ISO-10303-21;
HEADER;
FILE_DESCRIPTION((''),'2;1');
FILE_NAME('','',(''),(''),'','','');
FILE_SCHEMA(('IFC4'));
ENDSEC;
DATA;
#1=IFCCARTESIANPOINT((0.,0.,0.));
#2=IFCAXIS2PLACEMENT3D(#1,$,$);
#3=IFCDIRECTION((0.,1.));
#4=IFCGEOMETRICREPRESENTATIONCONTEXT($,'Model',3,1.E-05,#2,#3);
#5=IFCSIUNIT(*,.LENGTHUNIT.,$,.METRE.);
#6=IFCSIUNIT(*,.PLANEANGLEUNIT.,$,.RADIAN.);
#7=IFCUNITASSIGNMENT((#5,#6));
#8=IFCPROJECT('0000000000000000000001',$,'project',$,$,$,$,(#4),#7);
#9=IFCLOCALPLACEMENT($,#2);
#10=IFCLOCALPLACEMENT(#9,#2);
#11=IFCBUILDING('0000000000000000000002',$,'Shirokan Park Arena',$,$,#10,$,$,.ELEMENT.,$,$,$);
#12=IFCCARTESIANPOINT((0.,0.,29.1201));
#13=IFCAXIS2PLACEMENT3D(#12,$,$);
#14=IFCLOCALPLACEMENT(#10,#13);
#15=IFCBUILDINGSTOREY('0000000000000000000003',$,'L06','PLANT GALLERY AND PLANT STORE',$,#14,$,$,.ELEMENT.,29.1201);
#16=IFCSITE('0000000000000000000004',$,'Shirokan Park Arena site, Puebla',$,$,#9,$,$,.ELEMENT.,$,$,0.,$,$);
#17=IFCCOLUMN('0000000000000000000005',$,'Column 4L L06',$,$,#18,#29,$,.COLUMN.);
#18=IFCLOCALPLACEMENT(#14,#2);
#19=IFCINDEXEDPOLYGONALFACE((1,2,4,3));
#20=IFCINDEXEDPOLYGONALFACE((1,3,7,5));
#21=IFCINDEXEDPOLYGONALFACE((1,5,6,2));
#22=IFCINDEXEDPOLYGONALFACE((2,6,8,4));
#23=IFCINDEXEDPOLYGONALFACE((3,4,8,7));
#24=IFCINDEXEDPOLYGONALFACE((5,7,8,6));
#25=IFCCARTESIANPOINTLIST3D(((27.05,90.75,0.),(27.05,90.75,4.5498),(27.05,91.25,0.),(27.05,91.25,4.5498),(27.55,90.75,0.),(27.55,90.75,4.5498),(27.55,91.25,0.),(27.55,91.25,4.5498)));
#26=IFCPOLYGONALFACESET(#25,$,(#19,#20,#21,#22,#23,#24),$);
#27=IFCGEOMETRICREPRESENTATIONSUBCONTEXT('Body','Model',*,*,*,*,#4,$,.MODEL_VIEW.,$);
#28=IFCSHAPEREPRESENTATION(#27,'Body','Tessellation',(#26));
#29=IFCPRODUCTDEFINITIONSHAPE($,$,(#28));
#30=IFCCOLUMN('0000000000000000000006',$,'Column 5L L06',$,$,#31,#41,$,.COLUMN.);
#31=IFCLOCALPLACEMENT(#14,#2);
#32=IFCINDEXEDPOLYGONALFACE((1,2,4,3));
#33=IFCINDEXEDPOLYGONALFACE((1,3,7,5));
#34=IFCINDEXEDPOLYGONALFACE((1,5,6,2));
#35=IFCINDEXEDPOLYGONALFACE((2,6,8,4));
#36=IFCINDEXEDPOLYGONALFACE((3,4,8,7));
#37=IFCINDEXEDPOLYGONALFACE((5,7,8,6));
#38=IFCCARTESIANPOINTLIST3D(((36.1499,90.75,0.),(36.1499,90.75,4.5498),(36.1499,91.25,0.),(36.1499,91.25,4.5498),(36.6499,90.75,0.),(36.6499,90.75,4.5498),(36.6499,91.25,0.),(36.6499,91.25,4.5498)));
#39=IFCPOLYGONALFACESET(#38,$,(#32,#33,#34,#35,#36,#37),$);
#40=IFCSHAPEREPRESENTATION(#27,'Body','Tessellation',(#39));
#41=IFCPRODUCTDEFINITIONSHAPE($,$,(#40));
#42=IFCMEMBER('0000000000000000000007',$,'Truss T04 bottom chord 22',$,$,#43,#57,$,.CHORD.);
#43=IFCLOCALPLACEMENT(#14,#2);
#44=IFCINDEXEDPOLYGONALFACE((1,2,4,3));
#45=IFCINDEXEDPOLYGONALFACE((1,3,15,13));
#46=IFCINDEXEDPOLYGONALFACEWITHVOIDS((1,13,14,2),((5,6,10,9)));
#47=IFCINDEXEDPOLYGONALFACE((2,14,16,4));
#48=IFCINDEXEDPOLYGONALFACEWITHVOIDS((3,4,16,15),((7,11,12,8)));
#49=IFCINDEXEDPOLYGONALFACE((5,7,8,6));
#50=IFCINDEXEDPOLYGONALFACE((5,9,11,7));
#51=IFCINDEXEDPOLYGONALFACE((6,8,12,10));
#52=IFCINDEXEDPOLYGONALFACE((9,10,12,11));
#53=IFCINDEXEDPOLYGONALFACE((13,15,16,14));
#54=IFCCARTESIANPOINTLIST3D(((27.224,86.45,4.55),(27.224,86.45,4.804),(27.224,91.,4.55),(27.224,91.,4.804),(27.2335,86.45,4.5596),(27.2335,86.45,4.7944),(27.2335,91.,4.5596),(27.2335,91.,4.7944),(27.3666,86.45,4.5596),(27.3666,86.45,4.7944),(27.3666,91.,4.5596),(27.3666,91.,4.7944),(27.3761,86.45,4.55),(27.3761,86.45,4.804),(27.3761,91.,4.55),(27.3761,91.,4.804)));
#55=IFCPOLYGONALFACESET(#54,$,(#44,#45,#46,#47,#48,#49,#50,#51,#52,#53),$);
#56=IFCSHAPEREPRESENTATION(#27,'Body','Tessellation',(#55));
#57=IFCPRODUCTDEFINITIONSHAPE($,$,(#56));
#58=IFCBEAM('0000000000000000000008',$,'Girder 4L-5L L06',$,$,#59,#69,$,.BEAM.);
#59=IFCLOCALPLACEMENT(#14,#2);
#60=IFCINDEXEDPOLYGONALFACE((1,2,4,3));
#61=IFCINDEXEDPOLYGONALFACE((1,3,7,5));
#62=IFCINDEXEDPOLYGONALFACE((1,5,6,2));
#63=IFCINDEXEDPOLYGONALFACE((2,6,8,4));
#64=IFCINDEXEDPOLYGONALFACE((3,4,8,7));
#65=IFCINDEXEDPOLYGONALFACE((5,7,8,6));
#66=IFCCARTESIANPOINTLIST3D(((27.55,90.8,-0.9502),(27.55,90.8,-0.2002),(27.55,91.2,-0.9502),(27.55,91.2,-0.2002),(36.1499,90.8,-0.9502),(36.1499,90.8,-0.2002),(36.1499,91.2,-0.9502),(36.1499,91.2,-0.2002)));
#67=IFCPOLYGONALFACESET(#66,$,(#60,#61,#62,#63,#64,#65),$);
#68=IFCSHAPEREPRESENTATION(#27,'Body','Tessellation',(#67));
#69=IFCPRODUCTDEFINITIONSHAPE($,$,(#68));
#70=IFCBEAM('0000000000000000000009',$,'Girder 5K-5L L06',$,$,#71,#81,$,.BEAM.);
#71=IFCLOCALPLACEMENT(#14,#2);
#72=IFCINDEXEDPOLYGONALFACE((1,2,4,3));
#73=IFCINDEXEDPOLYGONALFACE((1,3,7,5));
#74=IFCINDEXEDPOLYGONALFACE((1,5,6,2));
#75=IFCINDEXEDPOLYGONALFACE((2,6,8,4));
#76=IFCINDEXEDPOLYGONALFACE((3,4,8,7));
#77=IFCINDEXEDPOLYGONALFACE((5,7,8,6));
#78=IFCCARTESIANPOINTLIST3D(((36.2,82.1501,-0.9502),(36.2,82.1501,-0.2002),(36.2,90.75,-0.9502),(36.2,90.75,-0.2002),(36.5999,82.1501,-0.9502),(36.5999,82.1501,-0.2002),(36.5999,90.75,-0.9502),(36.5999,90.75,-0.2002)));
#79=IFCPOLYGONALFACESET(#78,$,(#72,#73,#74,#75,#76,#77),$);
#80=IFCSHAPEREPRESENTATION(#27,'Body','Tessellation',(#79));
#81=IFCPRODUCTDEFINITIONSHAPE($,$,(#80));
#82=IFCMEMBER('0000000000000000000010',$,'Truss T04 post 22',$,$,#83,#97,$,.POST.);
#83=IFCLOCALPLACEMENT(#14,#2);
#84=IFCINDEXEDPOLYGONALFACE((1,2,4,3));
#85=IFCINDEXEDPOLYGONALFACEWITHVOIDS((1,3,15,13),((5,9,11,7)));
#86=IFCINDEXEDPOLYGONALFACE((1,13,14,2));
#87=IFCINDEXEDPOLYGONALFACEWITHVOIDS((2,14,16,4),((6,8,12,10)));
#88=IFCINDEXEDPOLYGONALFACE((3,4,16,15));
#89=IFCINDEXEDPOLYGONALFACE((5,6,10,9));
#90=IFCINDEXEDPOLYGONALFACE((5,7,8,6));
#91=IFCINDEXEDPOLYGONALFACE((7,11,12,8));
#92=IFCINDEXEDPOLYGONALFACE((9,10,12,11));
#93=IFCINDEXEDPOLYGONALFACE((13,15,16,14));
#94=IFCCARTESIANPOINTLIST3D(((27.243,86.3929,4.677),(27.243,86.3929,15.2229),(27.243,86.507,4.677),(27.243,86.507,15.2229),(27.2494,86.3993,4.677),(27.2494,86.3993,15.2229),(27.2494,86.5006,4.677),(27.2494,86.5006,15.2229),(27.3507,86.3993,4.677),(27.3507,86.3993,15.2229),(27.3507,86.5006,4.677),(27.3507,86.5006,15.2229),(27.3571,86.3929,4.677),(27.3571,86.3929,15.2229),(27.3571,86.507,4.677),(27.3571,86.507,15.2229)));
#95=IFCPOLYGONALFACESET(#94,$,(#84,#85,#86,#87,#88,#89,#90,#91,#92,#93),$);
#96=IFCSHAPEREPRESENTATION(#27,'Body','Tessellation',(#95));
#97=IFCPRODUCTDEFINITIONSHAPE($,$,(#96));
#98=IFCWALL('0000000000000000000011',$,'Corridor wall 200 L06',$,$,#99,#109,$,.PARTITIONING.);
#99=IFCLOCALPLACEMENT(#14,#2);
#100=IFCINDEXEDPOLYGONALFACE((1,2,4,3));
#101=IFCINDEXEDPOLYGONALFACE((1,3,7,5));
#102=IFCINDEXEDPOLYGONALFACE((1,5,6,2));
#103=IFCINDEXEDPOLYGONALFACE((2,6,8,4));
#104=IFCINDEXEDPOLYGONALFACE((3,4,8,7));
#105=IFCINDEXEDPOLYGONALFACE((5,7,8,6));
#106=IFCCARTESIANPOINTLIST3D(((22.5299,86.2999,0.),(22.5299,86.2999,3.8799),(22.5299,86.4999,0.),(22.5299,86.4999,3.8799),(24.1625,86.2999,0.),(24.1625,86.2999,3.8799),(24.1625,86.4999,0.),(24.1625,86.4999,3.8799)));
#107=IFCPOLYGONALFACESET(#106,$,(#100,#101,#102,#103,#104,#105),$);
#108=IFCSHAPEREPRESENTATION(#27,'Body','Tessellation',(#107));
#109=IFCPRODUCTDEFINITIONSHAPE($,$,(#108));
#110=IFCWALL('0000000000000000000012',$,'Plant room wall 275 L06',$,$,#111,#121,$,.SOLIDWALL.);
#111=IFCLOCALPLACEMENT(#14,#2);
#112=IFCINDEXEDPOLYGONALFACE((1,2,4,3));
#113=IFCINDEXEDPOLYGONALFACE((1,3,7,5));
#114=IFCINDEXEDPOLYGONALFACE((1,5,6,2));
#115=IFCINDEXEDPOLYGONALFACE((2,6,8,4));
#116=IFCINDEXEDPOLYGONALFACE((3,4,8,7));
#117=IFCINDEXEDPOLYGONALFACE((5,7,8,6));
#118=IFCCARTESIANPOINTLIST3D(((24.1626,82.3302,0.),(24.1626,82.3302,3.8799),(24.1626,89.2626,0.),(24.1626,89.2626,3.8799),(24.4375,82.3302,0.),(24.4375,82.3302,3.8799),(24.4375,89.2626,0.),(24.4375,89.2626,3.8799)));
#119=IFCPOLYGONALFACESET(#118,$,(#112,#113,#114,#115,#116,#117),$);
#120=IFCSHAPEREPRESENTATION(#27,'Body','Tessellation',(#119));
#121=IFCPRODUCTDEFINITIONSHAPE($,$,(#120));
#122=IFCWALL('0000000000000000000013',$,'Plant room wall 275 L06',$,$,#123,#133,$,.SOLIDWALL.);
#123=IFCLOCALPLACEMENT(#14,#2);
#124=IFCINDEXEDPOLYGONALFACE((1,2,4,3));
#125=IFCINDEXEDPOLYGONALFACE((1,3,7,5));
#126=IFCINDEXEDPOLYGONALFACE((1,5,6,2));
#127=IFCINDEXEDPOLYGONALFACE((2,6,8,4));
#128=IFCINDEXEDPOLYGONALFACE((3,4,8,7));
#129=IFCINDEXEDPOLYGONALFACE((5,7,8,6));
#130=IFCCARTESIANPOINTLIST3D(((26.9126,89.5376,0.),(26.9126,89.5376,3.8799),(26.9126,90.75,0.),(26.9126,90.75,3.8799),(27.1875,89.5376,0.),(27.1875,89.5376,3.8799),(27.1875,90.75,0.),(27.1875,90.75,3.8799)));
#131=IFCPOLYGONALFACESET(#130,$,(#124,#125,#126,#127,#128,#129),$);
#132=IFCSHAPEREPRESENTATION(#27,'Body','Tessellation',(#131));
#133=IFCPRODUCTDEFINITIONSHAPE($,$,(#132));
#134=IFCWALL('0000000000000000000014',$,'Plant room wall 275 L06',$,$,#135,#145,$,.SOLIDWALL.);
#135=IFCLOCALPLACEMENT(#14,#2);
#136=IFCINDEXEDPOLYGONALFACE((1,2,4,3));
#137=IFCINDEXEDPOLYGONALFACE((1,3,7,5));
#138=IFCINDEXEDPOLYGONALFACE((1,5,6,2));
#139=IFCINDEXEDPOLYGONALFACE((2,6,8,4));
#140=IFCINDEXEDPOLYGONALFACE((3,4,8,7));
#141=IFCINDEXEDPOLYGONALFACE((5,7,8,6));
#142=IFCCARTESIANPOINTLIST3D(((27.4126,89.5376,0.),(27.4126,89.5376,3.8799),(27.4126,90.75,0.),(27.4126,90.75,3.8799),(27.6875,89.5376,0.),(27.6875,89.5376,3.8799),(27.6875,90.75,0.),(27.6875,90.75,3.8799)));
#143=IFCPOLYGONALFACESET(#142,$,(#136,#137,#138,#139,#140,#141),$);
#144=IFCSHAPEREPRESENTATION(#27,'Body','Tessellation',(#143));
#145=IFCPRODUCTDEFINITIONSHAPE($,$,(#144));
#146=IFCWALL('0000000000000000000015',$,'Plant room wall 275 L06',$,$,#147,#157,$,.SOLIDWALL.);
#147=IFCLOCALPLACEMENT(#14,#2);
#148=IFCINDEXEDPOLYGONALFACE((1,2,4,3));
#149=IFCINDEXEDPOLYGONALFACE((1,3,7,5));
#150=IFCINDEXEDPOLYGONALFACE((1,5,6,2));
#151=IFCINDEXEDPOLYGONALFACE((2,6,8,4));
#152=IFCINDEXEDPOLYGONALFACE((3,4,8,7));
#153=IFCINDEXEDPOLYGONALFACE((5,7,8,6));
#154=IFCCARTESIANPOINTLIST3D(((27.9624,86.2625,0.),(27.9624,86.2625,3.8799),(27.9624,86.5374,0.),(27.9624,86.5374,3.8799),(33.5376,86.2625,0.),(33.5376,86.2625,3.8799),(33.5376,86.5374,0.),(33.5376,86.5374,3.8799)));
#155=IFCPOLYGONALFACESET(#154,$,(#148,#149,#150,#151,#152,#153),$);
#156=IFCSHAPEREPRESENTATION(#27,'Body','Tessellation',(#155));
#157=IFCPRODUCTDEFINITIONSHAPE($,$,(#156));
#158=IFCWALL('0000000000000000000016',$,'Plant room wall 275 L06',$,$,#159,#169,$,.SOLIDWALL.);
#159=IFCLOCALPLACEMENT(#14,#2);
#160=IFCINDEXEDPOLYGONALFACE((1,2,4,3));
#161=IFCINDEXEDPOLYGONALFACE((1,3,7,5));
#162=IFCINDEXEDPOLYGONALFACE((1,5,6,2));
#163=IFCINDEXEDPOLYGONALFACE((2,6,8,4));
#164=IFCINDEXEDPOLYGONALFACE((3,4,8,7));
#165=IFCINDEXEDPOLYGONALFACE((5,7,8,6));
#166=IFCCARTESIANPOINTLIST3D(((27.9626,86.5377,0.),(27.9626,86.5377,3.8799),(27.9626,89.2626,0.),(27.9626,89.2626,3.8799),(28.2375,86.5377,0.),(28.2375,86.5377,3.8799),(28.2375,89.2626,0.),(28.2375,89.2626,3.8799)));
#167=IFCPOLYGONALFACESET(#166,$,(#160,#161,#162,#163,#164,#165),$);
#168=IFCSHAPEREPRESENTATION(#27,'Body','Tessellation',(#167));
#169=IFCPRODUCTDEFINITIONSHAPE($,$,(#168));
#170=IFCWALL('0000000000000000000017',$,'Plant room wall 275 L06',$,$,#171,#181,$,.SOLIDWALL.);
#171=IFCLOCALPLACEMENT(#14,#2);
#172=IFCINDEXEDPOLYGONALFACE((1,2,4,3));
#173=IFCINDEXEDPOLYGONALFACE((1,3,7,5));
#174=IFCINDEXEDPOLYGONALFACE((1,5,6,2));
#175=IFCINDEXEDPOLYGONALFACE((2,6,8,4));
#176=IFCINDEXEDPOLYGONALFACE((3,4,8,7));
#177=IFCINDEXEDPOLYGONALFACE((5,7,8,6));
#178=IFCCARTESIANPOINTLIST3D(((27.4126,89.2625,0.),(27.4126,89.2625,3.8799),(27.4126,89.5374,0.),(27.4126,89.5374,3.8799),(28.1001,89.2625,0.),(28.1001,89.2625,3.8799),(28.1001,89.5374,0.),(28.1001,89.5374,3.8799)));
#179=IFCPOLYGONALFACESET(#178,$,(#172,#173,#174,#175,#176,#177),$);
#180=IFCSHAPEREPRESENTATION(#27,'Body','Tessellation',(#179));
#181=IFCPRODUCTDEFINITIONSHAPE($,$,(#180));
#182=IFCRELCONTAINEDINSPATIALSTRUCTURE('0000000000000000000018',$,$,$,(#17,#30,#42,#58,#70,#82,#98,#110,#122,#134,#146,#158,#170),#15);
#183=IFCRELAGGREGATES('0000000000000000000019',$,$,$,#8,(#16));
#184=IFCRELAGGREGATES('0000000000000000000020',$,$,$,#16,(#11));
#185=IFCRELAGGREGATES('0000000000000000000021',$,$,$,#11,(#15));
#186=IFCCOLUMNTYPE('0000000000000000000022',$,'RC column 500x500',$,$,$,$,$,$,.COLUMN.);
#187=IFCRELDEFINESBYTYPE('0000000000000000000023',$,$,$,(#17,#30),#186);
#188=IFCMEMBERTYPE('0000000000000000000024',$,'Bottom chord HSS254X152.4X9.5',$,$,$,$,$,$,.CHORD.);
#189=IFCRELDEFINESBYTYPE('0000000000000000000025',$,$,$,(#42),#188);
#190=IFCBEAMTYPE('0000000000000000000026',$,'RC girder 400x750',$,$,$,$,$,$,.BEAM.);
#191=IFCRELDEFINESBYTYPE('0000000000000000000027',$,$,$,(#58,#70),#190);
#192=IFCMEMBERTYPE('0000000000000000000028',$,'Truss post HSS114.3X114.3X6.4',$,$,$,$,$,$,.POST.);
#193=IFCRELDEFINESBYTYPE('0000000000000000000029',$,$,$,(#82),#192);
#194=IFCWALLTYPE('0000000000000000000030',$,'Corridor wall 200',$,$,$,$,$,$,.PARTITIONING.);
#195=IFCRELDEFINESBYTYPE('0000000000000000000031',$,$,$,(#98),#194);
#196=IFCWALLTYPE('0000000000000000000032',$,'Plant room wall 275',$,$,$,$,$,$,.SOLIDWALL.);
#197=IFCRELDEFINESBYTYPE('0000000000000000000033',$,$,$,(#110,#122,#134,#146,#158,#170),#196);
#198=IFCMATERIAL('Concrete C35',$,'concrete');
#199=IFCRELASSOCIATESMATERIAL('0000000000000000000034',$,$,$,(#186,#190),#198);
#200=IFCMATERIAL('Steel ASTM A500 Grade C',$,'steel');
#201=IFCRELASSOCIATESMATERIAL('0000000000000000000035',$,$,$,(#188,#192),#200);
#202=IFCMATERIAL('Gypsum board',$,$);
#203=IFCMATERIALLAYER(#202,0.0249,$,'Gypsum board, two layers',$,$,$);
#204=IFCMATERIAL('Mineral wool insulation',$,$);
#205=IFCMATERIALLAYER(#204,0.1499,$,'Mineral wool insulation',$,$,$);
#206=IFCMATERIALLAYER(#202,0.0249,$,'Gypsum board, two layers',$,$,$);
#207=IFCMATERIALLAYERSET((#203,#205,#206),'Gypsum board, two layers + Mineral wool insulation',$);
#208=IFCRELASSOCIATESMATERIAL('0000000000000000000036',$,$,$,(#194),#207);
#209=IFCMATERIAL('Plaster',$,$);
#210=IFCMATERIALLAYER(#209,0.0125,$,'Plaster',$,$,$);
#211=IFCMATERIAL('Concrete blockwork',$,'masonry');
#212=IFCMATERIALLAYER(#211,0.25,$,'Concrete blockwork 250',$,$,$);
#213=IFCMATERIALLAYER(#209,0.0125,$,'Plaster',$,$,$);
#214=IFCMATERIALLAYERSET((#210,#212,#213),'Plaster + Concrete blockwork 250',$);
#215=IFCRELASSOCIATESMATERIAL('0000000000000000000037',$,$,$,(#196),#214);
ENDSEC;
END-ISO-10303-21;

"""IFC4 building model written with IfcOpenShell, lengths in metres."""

from ifc_helpers import new_model, si_unit, direction, frame, frame_2d, origin, origin_2d, place, context, subcontext, project, spatial, rectangle, hollow_rectangle, extrude, material, layer, layer_set, material_profile, profile_set, type_object, element, save


model = new_model("IFC4")

# Units and contexts
model_context = context("Model", 3, precision=1e-05, world=origin(), true_north=direction((0.0, 1.0)))
body_context = subcontext(model_context, "Body", "Model", "MODEL_VIEW")
ifc_project = project(units=[si_unit("LENGTHUNIT", "METRE"), si_unit("PLANEANGLEUNIT", "RADIAN")], contexts=[model_context])

# Site, building, storey
site_placement = place(None, origin())
site = spatial("IfcSite", under=ifc_project, at=site_placement, Name="Shirokan Park Arena site, Puebla", CompositionType="ELEMENT", RefElevation=0.0)
building_placement = place(site_placement, origin())
building = spatial("IfcBuilding", under=site, at=building_placement, Name="Shirokan Park Arena", CompositionType="ELEMENT")
storey_placement = place(building_placement, frame((0.0, 0.0, 29.1201)))
storey = spatial("IfcBuildingStorey", under=building, at=storey_placement, Name="L06", Description="PLANT GALLERY AND PLANT STORE", CompositionType="ELEMENT", Elevation=29.1201)

# Columns
ifc_material_1 = material(Name="Concrete C35", Category="concrete")
ifc_material_profile_1 = material_profile(ifc_material_1, rectangle(XDim=0.5, YDim=0.5, at=origin_2d()), Name="500x500")
ifc_profile_set_1 = profile_set([ifc_material_profile_1], Name="Concrete C35")
column_type = type_object("IfcColumnType", Name="RC column 500x500", PredefinedType="COLUMN", material=ifc_profile_set_1)
for number, where, z_axis, x_axis, name in (
    (1, (27.3, 91.0, 0.0), (0.0, 0.0, 1.0), (1.0, 0.0, 0.0), "Column 4L L06"),
    (2, (36.3999, 91.0, 0.0), (0.0, 0.0, 1.0), (1.0, 0.0, 0.0), "Column 5L L06"),
):
    element("IfcColumn", number, at=place(storey_placement, frame(where, z_axis=z_axis, x_axis=x_axis)), inside=storey, type_object=column_type, Name=name, PredefinedType="COLUMN", context=body_context, shape_type="SweptSolid", body=[
        extrude(rectangle(XDim=0.5, YDim=0.5, at=origin_2d()), origin(), (0.0, 0.0, 1.0), 4.5498),
    ])

# Member
ifc_material_2 = material(Name="Steel ASTM A500 Grade C", Category="steel")
ifc_material_profile_2 = material_profile(ifc_material_2, hollow_rectangle(XDim=0.1521, YDim=0.2539, WallThickness=0.0095, at=origin_2d()), Name="HSS254X152.4X9.5")
ifc_profile_set_2 = profile_set([ifc_material_profile_2], Name="Steel ASTM A500 Grade C")
member_type_1 = type_object("IfcMemberType", Name="Bottom chord HSS254X152.4X9.5", PredefinedType="CHORD", material=ifc_profile_set_2)
member_1_placement = place(storey_placement, frame((27.3, 86.45, 4.677), z_axis=(0.0, 1.0, 0.0), x_axis=(-1.0, 0.0, 0.0)))
element("IfcMember", 3, at=member_1_placement, inside=storey, type_object=member_type_1, Name="Truss T04 bottom chord 22", PredefinedType="CHORD", context=body_context, shape_type="SweptSolid", body=[
    extrude(hollow_rectangle(XDim=0.1521, YDim=0.2539, WallThickness=0.0095, at=origin_2d()), origin(), (0.0, 0.0, 1.0), 4.55),
])

# Beams
ifc_material_profile_3 = material_profile(ifc_material_1, rectangle(XDim=0.3999, YDim=0.75, at=origin_2d()), Name="400x750")
ifc_profile_set_3 = profile_set([ifc_material_profile_3], Name="Concrete C35")
beam_type = type_object("IfcBeamType", Name="RC girder 400x750", PredefinedType="BEAM", material=ifc_profile_set_3)
for number, where, z_axis, x_axis, name in (
    (4, (27.55, 91.0, -0.5752), (1.0, 0.0, 0.0), (0.0, 1.0, 0.0), "Girder 4L-5L L06"),
    (5, (36.3999, 82.1501, -0.5752), (0.0, 1.0, 0.0), (-1.0, 0.0, 0.0), "Girder 5K-5L L06"),
):
    element("IfcBeam", number, at=place(storey_placement, frame(where, z_axis=z_axis, x_axis=x_axis)), inside=storey, type_object=beam_type, Name=name, PredefinedType="BEAM", context=body_context, shape_type="SweptSolid", body=[
        extrude(rectangle(XDim=0.3999, YDim=0.75, at=origin_2d()), origin(), (0.0, 0.0, 1.0), 8.5999),
    ])

# Member
ifc_material_profile_4 = material_profile(ifc_material_2, hollow_rectangle(XDim=0.114, YDim=0.114, WallThickness=0.0063, at=origin_2d()), Name="HSS114.3X114.3X6.4")
ifc_profile_set_4 = profile_set([ifc_material_profile_4], Name="Steel ASTM A500 Grade C")
member_type_2 = type_object("IfcMemberType", Name="Truss post HSS114.3X114.3X6.4", PredefinedType="POST", material=ifc_profile_set_4)
member_2_placement = place(storey_placement, frame((27.3, 86.45, 4.677), z_axis=(0.0, 0.0, 1.0), x_axis=(1.0, 0.0, 0.0)))
element("IfcMember", 6, at=member_2_placement, inside=storey, type_object=member_type_2, Name="Truss T04 post 22", PredefinedType="POST", context=body_context, shape_type="SweptSolid", body=[
    extrude(hollow_rectangle(XDim=0.114, YDim=0.114, WallThickness=0.0063, at=origin_2d()), origin(), (0.0, 0.0, 1.0), 10.5459),
])

# Wall
ifc_material_3 = material(Name="Gypsum board")
ifc_layer_1 = layer(ifc_material_3, 0.0249, Name="Gypsum board, two layers")
ifc_material_4 = material(Name="Mineral wool insulation")
ifc_layer_2 = layer(ifc_material_4, 0.1499, Name="Mineral wool insulation")
ifc_layer_3 = layer(ifc_material_3, 0.0249, Name="Gypsum board, two layers")
ifc_layer_set_1 = layer_set([ifc_layer_1, ifc_layer_2, ifc_layer_3], Name="Gypsum board, two layers + Mineral wool insulation")
wall_type_1 = type_object("IfcWallType", Name="Corridor wall 200", PredefinedType="PARTITIONING", material=ifc_layer_set_1)
wall_1_placement = place(storey_placement, frame((24.1626, 86.3999, 0.0), z_axis=(0.0, 0.0, 1.0), x_axis=(-1.0, 0.0, 0.0)))
element("IfcWall", 7, at=wall_1_placement, inside=storey, type_object=wall_type_1, Name="Corridor wall 200 L06", PredefinedType="PARTITIONING", context=body_context, shape_type="SweptSolid", body=[
    extrude(rectangle(XDim=1.6326, YDim=0.2, at=frame_2d((0.8164, 0.0))), origin(), (0.0, 0.0, 1.0), 3.8799),
])

# Walls
ifc_material_5 = material(Name="Plaster")
ifc_layer_4 = layer(ifc_material_5, 0.0125, Name="Plaster")
ifc_material_6 = material(Name="Concrete blockwork", Category="masonry")
ifc_layer_5 = layer(ifc_material_6, 0.25, Name="Concrete blockwork 250")
ifc_layer_6 = layer(ifc_material_5, 0.0125, Name="Plaster")
ifc_layer_set_2 = layer_set([ifc_layer_4, ifc_layer_5, ifc_layer_6], Name="Plaster + Concrete blockwork 250")
wall_type_2 = type_object("IfcWallType", Name="Plant room wall 275", PredefinedType="SOLIDWALL", material=ifc_layer_set_2)
wall_2_placement = place(storey_placement, frame((24.3, 82.3301, 0.0), z_axis=(0.0, 0.0, 1.0), x_axis=(0.0, 1.0, 0.0)))
element("IfcWall", 8, at=wall_2_placement, inside=storey, type_object=wall_type_2, Name="Plant room wall 275 L06", PredefinedType="SOLIDWALL", context=body_context, shape_type="SweptSolid", body=[
    extrude(rectangle(XDim=6.9324, YDim=0.2749, at=frame_2d((3.4663, 0.0))), origin(), (0.0, 0.0, 1.0), 3.8799),
])
wall_3_placement = place(storey_placement, frame((27.05, 90.75, 0.0), z_axis=(0.0, 0.0, 1.0), x_axis=(0.0, -1.0, 0.0)))
element("IfcWall", 9, at=wall_3_placement, inside=storey, type_object=wall_type_2, Name="Plant room wall 275 L06", PredefinedType="SOLIDWALL", context=body_context, shape_type="SweptSolid", body=[
    extrude(rectangle(XDim=1.2124, YDim=0.2749, at=frame_2d((0.6062, 0.0))), origin(), (0.0, 0.0, 1.0), 3.8799),
])

# Walls
wall_4_placement = place(storey_placement, frame((27.55, 89.5376, 0.0), z_axis=(0.0, 0.0, 1.0), x_axis=(0.0, 1.0, 0.0)))
element("IfcWall", 10, at=wall_4_placement, inside=storey, type_object=wall_type_2, Name="Plant room wall 275 L06", PredefinedType="SOLIDWALL", context=body_context, shape_type="SweptSolid", body=[
    extrude(rectangle(XDim=1.2124, YDim=0.2749, at=frame_2d((0.6062, 0.0))), origin(), (0.0, 0.0, 1.0), 3.8799),
])
wall_5_placement = place(storey_placement, frame((27.9624, 86.3999, 0.0), z_axis=(0.0, 0.0, 1.0), x_axis=(1.0, 0.0, 0.0)))
element("IfcWall", 11, at=wall_5_placement, inside=storey, type_object=wall_type_2, Name="Plant room wall 275 L06", PredefinedType="SOLIDWALL", context=body_context, shape_type="SweptSolid", body=[
    extrude(rectangle(XDim=5.5752, YDim=0.2749, at=frame_2d((2.7876, 0.0))), origin(), (0.0, 0.0, 1.0), 3.8799),
])
wall_6_placement = place(storey_placement, frame((28.1001, 89.2625, 0.0), z_axis=(0.0, 0.0, 1.0), x_axis=(0.0, -1.0, 0.0)))
element("IfcWall", 12, at=wall_6_placement, inside=storey, type_object=wall_type_2, Name="Plant room wall 275 L06", PredefinedType="SOLIDWALL", context=body_context, shape_type="SweptSolid", body=[
    extrude(rectangle(XDim=2.7249, YDim=0.2749, at=frame_2d((1.3623, 0.0))), origin(), (0.0, 0.0, 1.0), 3.8799),
])
wall_7_placement = place(storey_placement, frame((28.1001, 89.3999, 0.0), z_axis=(0.0, 0.0, 1.0), x_axis=(-1.0, 0.0, 0.0)))
element("IfcWall", 13, at=wall_7_placement, inside=storey, type_object=wall_type_2, Name="Plant room wall 275 L06", PredefinedType="SOLIDWALL", context=body_context, shape_type="SweptSolid", body=[
    extrude(rectangle(XDim=0.6875, YDim=0.2749, at=frame_2d((0.3438, 0.0))), origin(), (0.0, 0.0, 1.0), 3.8799),
])

save(model, "model.ifc")
